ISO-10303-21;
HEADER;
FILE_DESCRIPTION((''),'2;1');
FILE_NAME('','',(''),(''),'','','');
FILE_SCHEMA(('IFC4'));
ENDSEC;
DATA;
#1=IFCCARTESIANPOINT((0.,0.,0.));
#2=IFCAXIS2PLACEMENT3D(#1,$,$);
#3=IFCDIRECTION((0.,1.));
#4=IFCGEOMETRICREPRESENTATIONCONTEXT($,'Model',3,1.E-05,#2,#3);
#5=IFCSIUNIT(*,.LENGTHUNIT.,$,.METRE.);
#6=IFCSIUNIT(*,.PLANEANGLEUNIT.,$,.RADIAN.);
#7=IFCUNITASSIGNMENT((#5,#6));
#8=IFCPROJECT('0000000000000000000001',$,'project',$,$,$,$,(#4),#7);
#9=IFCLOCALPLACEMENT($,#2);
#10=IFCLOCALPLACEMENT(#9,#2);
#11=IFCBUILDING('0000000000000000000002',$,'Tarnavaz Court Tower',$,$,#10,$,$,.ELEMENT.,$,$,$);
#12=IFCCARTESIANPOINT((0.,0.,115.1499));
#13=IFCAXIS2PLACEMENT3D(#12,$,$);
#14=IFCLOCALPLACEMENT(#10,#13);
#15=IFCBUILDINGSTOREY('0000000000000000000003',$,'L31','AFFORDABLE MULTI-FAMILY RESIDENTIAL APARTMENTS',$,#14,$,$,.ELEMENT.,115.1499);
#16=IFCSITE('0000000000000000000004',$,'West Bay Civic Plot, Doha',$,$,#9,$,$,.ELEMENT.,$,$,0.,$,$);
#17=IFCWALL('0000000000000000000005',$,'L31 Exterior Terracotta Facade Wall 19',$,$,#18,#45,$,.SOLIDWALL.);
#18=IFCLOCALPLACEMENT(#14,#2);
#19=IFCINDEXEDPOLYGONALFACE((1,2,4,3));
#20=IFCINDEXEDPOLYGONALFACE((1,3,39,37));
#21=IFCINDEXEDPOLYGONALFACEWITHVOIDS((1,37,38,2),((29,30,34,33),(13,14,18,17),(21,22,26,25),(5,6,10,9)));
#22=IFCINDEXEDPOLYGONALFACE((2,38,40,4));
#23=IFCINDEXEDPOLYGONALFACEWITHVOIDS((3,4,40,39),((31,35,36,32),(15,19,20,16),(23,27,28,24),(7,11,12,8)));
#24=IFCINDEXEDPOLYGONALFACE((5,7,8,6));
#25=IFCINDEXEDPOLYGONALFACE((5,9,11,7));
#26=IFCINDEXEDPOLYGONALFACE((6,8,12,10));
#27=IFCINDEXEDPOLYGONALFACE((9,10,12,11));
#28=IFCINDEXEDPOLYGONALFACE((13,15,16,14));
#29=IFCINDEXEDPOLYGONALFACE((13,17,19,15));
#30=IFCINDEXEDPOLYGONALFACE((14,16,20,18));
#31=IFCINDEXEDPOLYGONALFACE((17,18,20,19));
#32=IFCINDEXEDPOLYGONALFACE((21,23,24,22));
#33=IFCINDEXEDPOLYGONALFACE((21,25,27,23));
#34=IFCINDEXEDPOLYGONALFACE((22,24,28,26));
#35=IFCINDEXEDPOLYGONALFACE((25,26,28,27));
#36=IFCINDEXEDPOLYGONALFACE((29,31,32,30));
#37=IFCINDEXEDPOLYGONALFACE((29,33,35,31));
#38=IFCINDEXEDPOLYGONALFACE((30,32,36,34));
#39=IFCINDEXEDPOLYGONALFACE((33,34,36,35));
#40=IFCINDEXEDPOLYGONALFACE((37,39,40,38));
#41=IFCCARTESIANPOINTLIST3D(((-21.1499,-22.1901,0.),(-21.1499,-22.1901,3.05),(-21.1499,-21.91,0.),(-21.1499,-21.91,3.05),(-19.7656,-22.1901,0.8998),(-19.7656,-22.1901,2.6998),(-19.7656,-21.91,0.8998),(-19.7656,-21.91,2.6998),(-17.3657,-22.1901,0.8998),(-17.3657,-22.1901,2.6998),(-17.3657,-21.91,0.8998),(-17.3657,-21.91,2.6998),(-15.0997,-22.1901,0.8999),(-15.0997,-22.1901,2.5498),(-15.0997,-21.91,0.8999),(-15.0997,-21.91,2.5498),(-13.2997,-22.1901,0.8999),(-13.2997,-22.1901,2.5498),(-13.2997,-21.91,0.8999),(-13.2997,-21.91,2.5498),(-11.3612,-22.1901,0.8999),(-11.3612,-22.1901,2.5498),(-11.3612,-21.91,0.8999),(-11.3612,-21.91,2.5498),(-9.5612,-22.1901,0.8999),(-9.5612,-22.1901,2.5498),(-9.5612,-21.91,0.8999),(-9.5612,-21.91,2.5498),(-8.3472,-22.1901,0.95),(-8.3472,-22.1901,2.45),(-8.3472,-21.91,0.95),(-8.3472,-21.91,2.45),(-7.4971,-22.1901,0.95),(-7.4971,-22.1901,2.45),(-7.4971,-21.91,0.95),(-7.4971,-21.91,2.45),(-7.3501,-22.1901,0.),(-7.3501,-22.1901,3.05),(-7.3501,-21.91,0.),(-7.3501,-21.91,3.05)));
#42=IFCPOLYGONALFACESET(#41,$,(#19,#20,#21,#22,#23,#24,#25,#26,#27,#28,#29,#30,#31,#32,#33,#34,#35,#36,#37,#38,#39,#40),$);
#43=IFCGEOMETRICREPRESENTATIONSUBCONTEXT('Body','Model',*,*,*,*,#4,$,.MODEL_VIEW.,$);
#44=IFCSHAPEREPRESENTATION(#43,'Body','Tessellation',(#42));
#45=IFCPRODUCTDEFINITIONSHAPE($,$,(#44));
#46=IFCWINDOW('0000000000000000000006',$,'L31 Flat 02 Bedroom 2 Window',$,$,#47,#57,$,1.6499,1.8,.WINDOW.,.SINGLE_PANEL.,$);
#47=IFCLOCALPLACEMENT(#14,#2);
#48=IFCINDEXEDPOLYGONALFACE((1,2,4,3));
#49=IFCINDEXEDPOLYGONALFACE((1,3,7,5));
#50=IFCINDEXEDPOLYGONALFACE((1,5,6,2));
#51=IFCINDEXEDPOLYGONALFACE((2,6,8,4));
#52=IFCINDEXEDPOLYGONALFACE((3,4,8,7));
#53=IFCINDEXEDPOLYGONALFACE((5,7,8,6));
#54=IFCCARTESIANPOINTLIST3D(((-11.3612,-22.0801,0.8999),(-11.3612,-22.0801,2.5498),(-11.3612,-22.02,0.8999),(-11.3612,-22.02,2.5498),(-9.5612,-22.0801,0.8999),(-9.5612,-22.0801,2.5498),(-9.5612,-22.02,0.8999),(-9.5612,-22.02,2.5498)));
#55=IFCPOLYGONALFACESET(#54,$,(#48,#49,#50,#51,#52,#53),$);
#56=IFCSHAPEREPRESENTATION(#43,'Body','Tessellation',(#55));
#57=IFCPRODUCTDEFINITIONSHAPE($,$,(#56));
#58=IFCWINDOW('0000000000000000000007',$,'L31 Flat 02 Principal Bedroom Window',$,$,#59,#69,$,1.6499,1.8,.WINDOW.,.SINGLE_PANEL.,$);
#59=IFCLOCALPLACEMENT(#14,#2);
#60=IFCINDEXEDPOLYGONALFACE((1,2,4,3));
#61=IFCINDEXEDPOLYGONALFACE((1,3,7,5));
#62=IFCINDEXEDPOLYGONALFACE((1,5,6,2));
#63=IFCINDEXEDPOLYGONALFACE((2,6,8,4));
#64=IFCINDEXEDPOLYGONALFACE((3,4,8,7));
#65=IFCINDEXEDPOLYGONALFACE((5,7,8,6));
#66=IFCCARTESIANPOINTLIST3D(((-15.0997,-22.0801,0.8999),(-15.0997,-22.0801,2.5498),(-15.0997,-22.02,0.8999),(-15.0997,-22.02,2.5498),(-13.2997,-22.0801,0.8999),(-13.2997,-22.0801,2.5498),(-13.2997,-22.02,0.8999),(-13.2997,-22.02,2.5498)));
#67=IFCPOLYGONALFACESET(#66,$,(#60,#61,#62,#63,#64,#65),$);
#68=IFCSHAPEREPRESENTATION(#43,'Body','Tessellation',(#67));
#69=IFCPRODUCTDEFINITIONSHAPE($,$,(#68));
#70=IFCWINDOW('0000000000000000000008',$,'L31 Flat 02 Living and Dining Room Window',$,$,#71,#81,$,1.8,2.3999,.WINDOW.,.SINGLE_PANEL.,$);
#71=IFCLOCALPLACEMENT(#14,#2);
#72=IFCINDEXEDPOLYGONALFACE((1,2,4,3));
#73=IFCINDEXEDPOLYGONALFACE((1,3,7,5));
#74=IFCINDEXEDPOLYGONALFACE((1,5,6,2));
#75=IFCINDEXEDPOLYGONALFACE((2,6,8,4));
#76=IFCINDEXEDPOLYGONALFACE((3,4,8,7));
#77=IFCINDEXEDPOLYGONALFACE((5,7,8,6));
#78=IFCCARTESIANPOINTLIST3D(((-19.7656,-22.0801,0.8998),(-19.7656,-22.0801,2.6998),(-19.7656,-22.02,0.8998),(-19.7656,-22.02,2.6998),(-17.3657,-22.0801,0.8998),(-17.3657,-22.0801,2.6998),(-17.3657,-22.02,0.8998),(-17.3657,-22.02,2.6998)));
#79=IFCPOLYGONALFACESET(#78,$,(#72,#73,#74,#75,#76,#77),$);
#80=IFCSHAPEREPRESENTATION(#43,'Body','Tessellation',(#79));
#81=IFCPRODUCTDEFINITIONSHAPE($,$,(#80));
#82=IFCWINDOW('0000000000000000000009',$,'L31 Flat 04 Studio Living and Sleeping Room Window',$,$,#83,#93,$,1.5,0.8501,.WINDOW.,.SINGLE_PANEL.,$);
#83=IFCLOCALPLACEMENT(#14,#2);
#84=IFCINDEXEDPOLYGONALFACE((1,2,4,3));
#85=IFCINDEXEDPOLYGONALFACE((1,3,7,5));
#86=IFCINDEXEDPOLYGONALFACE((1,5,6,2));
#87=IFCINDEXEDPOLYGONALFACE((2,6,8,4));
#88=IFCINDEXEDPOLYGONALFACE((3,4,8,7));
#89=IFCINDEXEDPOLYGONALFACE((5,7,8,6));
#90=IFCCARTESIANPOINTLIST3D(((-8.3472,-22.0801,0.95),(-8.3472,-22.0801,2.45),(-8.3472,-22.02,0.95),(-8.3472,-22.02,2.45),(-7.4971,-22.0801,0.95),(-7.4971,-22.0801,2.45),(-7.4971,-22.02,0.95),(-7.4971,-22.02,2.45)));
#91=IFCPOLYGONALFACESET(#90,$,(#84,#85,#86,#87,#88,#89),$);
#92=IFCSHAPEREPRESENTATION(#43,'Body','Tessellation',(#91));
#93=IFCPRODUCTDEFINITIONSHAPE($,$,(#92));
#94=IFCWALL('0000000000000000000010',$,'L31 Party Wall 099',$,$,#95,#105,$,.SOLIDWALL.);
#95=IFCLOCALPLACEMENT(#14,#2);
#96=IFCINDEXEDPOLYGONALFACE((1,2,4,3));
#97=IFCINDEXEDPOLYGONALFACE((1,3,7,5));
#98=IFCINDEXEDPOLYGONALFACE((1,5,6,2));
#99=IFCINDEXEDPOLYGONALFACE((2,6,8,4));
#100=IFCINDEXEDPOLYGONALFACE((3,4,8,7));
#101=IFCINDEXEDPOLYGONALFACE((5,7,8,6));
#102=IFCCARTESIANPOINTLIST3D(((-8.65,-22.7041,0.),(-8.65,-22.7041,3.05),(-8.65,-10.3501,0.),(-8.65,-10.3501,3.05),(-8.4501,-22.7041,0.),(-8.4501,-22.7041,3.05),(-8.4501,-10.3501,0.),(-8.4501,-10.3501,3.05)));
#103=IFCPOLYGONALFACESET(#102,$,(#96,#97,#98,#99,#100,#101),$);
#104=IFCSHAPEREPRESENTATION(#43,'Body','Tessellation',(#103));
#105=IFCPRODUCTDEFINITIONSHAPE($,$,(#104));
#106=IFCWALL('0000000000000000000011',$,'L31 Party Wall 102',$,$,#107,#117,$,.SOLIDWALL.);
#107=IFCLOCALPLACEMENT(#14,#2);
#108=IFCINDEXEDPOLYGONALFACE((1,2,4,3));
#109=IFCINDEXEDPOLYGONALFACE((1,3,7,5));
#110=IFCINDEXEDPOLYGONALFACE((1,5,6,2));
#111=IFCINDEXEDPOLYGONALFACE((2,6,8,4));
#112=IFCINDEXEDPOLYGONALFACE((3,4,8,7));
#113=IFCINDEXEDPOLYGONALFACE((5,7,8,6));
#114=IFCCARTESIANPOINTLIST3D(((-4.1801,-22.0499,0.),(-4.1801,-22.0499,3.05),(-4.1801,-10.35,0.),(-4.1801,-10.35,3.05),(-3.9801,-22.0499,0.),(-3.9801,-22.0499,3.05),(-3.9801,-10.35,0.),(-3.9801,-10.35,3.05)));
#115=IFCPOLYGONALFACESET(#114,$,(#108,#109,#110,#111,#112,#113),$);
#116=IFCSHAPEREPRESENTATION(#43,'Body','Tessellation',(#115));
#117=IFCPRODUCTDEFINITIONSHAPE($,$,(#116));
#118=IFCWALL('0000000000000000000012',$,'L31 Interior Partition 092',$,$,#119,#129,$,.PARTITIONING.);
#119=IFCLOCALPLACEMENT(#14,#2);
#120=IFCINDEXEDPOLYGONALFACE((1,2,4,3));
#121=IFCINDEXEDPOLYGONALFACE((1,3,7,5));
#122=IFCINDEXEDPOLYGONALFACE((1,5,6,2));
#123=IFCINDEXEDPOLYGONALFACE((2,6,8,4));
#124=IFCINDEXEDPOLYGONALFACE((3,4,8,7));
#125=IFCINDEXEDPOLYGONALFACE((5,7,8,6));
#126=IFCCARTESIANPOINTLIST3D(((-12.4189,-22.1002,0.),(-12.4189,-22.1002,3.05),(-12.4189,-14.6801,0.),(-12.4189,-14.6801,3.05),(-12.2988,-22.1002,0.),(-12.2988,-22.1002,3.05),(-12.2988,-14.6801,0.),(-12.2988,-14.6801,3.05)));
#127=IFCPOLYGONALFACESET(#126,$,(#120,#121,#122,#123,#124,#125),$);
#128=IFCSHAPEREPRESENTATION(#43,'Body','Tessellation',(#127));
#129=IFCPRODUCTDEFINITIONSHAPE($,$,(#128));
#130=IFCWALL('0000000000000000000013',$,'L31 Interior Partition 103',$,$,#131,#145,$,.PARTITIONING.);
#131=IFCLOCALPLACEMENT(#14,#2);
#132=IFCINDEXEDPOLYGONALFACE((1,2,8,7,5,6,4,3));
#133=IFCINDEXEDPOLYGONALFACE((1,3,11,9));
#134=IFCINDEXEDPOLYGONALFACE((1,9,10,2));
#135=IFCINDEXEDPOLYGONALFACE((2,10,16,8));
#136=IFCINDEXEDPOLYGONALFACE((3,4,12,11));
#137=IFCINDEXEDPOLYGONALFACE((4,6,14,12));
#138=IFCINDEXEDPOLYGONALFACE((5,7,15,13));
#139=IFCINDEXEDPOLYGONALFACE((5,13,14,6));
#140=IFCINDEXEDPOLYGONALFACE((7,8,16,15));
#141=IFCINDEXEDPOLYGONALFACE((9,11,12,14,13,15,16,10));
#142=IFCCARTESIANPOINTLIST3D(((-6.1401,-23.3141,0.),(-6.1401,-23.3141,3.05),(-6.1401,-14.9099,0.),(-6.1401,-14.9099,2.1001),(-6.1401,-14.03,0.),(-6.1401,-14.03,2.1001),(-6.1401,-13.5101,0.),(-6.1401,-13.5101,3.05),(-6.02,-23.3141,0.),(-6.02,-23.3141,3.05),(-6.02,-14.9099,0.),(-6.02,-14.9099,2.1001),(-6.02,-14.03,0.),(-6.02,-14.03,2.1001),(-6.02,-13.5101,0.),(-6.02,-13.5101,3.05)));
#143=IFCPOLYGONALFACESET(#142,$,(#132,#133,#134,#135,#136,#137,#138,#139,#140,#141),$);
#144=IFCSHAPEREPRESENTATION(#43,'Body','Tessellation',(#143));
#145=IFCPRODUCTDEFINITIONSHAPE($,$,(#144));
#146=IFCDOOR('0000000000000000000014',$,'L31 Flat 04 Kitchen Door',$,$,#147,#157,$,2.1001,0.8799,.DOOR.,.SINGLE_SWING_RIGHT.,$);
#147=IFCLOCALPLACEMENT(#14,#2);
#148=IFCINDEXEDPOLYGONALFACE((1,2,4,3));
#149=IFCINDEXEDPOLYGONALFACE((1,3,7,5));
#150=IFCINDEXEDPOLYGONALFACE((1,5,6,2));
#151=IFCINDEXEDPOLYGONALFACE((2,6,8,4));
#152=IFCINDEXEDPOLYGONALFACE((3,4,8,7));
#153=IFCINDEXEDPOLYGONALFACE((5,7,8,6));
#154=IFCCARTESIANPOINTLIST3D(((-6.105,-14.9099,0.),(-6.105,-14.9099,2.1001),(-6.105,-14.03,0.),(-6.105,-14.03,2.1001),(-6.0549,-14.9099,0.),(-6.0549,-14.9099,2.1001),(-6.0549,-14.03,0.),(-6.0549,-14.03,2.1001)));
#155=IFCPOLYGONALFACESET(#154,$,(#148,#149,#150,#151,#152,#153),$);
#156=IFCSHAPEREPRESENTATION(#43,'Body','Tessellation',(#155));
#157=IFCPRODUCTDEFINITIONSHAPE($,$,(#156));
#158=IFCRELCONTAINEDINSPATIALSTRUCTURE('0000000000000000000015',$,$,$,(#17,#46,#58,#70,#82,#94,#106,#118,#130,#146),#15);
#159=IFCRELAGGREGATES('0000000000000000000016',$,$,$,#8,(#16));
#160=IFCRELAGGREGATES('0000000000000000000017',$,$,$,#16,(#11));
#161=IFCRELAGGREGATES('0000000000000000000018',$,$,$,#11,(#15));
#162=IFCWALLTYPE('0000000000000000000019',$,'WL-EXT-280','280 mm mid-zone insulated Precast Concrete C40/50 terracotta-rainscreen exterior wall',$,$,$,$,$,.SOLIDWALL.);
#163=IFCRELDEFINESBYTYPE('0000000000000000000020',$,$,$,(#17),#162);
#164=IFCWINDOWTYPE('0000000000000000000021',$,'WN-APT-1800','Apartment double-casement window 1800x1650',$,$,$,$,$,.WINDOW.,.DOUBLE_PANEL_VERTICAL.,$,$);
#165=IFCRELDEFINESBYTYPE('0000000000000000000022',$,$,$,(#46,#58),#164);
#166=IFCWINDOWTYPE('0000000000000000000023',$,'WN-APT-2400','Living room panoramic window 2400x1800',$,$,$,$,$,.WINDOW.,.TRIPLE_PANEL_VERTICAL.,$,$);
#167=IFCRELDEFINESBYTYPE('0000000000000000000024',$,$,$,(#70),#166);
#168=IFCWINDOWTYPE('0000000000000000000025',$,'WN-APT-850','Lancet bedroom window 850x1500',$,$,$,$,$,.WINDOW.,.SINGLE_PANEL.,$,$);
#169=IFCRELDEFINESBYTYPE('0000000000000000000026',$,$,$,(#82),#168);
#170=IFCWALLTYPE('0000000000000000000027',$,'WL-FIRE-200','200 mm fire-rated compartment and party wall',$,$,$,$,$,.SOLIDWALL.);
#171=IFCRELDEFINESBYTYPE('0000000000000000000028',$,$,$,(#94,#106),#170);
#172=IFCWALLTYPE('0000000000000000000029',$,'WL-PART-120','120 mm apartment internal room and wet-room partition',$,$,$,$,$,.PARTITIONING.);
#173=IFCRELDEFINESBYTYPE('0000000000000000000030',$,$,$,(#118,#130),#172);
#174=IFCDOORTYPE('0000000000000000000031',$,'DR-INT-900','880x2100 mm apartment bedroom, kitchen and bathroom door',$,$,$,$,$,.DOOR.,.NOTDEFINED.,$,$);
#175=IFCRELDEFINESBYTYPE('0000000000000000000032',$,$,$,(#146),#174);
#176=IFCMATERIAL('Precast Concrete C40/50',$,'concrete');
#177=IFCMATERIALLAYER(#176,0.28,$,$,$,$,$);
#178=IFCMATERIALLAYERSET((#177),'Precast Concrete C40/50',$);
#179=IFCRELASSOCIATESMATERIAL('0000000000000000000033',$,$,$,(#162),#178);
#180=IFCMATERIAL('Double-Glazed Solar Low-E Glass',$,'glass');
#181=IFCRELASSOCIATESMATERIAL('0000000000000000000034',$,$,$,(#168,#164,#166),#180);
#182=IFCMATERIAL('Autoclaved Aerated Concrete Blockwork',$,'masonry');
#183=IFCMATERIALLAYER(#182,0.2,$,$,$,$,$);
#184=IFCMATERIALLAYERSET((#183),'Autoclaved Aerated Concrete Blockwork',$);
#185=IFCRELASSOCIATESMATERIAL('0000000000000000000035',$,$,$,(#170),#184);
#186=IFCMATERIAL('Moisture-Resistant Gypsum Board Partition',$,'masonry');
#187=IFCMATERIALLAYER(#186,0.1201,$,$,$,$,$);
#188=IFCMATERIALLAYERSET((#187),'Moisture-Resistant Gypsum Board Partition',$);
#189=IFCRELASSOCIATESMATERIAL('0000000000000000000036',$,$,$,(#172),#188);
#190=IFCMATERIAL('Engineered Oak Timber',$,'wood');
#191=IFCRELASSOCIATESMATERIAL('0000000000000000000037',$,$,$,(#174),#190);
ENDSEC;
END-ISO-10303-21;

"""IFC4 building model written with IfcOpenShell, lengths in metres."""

from ifc_helpers import new_model, si_unit, direction, frame, frame_2d, origin, place, context, subcontext, project, spatial, rectangle, extrude, material, layer, layer_set, type_object, element, fill, save


model = new_model("IFC4")

# Units and contexts
model_context = context("Model", 3, precision=1e-05, world=origin(), true_north=direction((0.0, 1.0)))
body_context = subcontext(model_context, "Body", "Model", "MODEL_VIEW")
ifc_project = project(units=[si_unit("LENGTHUNIT", "METRE"), si_unit("PLANEANGLEUNIT", "RADIAN")], contexts=[model_context])

# Site, building, storey
site_placement = place(None, origin())
site = spatial("IfcSite", under=ifc_project, at=site_placement, Name="West Bay Civic Plot, Doha", CompositionType="ELEMENT", RefElevation=0.0)
building_placement = place(site_placement, origin())
building = spatial("IfcBuilding", under=site, at=building_placement, Name="Tarnavaz Court Tower", CompositionType="ELEMENT")
storey_placement = place(building_placement, frame((0.0, 0.0, 115.1499)))
storey = spatial("IfcBuildingStorey", under=building, at=storey_placement, Name="L31", Description="AFFORDABLE MULTI-FAMILY RESIDENTIAL APARTMENTS", CompositionType="ELEMENT", Elevation=115.1499)

# Shared definitions
ifc_material_1 = material(Name="Double-Glazed Solar Low-E Glass", Category="glass")

# Shared definitions
ifc_material_2 = material(Name="Precast Concrete C40/50", Category="concrete")
ifc_layer_1 = layer(ifc_material_2, 0.28)
ifc_layer_set_1 = layer_set([ifc_layer_1], Name="Precast Concrete C40/50")
wall_type_1 = type_object("IfcWallType", Name="WL-EXT-280", Description="280 mm mid-zone insulated Precast Concrete C40/50 terracotta-rainscreen exterior wall", PredefinedType="SOLIDWALL", material=ifc_layer_set_1)
window_type_1 = type_object("IfcWindowType", Name="WN-APT-850", Description="Lancet bedroom window 850x1500", PartitioningType="SINGLE_PANEL", PredefinedType="WINDOW", material=ifc_material_1)

# Wall, openings, windows
wall_1_placement = place(storey_placement, frame((-7.3501, -22.05, 0.0), z_axis=(0.0, 0.0, 1.0), x_axis=(-1.0, 0.0, 0.0)))
wall_1 = element("IfcWall", 1, at=wall_1_placement, inside=storey, type_object=wall_type_1, Name="L31 Exterior Terracotta Facade Wall 19", PredefinedType="SOLIDWALL", context=body_context, shape_type="SweptSolid", body=[
    extrude(rectangle(XDim=13.7998, YDim=0.28, at=frame_2d((6.8999, 0.0))), origin(), (0.0, 0.0, 1.0), 3.05),
])
opening_1_placement = place(wall_1_placement, frame((0.147, 0.0, 0.95)))
opening_1 = element("IfcOpeningElement", 2, at=opening_1_placement, cuts=wall_1, PredefinedType="OPENING", context=body_context, shape_type="SweptSolid", body=[
    extrude(rectangle(XDim=0.8501, YDim=1.5, at=frame_2d((0.425, 0.75))), frame((0.0, 0.1499, 0.0), z_axis=(0.0, -1.0, 0.0), x_axis=(1.0, 0.0, 0.0)), (0.0, 0.0, 1.0), 0.3),
])
opening_2_placement = place(wall_1_placement, frame((2.2112, 0.0, 0.8999)))
opening_2 = element("IfcOpeningElement", 3, at=opening_2_placement, cuts=wall_1, PredefinedType="OPENING", context=body_context, shape_type="SweptSolid", body=[
    extrude(rectangle(XDim=1.8, YDim=1.6499, at=frame_2d((0.8999, 0.825))), frame((0.0, 0.1499, 0.0), z_axis=(0.0, -1.0, 0.0), x_axis=(1.0, 0.0, 0.0)), (0.0, 0.0, 1.0), 0.3),
])
opening_3_placement = place(wall_1_placement, frame((5.9497, 0.0, 0.8999)))
opening_3 = element("IfcOpeningElement", 4, at=opening_3_placement, cuts=wall_1, PredefinedType="OPENING", context=body_context, shape_type="SweptSolid", body=[
    extrude(rectangle(XDim=1.8, YDim=1.6499, at=frame_2d((0.8999, 0.825))), frame((0.0, 0.1499, 0.0), z_axis=(0.0, -1.0, 0.0), x_axis=(1.0, 0.0, 0.0)), (0.0, 0.0, 1.0), 0.3),
])
opening_4_placement = place(wall_1_placement, frame((10.0156, 0.0, 0.8999)))
opening_4 = element("IfcOpeningElement", 5, at=opening_4_placement, cuts=wall_1, PredefinedType="OPENING", context=body_context, shape_type="SweptSolid", body=[
    extrude(rectangle(XDim=2.3999, YDim=1.8, at=frame_2d((1.2, 0.8999))), frame((0.0, 0.1499, 0.0), z_axis=(0.0, -1.0, 0.0), x_axis=(1.0, 0.0, 0.0)), (0.0, 0.0, 1.0), 0.3),
])
window_type_2 = type_object("IfcWindowType", Name="WN-APT-1800", Description="Apartment double-casement window 1800x1650", PartitioningType="DOUBLE_PANEL_VERTICAL", PredefinedType="WINDOW", material=ifc_material_1)
window_1_placement = place(opening_2_placement, origin())
window_1 = element("IfcWindow", 6, at=window_1_placement, inside=storey, type_object=window_type_2, Name="L31 Flat 02 Bedroom 2 Window", OverallHeight=1.6499, OverallWidth=1.8, PartitioningType="SINGLE_PANEL", PredefinedType="WINDOW", context=body_context, shape_type="SweptSolid", body=[
    extrude(rectangle(XDim=1.8, YDim=1.6499, at=frame_2d((0.8999, 0.825))), frame((0.0, 0.03, 0.0), z_axis=(0.0, -1.0, 0.0), x_axis=(1.0, 0.0, 0.0)), (0.0, 0.0, 1.0), 0.0601),
])
fill(opening_2, window_1)
window_2_placement = place(opening_3_placement, origin())
window_2 = element("IfcWindow", 7, at=window_2_placement, inside=storey, type_object=window_type_2, Name="L31 Flat 02 Principal Bedroom Window", OverallHeight=1.6499, OverallWidth=1.8, PartitioningType="SINGLE_PANEL", PredefinedType="WINDOW", context=body_context, shape_type="SweptSolid", body=[
    extrude(rectangle(XDim=1.8, YDim=1.6499, at=frame_2d((0.8999, 0.825))), frame((0.0, 0.03, 0.0), z_axis=(0.0, -1.0, 0.0), x_axis=(1.0, 0.0, 0.0)), (0.0, 0.0, 1.0), 0.0601),
])
fill(opening_3, window_2)
window_type_3 = type_object("IfcWindowType", Name="WN-APT-2400", Description="Living room panoramic window 2400x1800", PartitioningType="TRIPLE_PANEL_VERTICAL", PredefinedType="WINDOW", material=ifc_material_1)
window_3_placement = place(opening_4_placement, origin())
window_3 = element("IfcWindow", 8, at=window_3_placement, inside=storey, type_object=window_type_3, Name="L31 Flat 02 Living and Dining Room Window", OverallHeight=1.8, OverallWidth=2.3999, PartitioningType="SINGLE_PANEL", PredefinedType="WINDOW", context=body_context, shape_type="SweptSolid", body=[
    extrude(rectangle(XDim=2.3999, YDim=1.8, at=frame_2d((1.2, 0.8999))), frame((0.0, 0.03, 0.0), z_axis=(0.0, -1.0, 0.0), x_axis=(1.0, 0.0, 0.0)), (0.0, 0.0, 1.0), 0.0601),
])
fill(opening_4, window_3)
window_4_placement = place(opening_1_placement, origin())
window_4 = element("IfcWindow", 9, at=window_4_placement, inside=storey, type_object=window_type_1, Name="L31 Flat 04 Studio Living and Sleeping Room Window", OverallHeight=1.5, OverallWidth=0.8501, PartitioningType="SINGLE_PANEL", PredefinedType="WINDOW", context=body_context, shape_type="SweptSolid", body=[
    extrude(rectangle(XDim=0.8501, YDim=1.5, at=frame_2d((0.425, 0.75))), frame((0.0, 0.03, 0.0), z_axis=(0.0, -1.0, 0.0), x_axis=(1.0, 0.0, 0.0)), (0.0, 0.0, 1.0), 0.0601),
])
fill(opening_1, window_4)

# Walls
ifc_material_3 = material(Name="Autoclaved Aerated Concrete Blockwork", Category="masonry")
ifc_layer_2 = layer(ifc_material_3, 0.2)
ifc_layer_set_2 = layer_set([ifc_layer_2], Name="Autoclaved Aerated Concrete Blockwork")
wall_type_2 = type_object("IfcWallType", Name="WL-FIRE-200", Description="200 mm fire-rated compartment and party wall", PredefinedType="SOLIDWALL", material=ifc_layer_set_2)
wall_2_placement = place(storey_placement, frame((-8.55, -22.7041, 0.0), z_axis=(0.0, 0.0, 1.0), x_axis=(0.0, 1.0, 0.0)))
element("IfcWall", 10, at=wall_2_placement, inside=storey, type_object=wall_type_2, Name="L31 Party Wall 099", PredefinedType="SOLIDWALL", context=body_context, shape_type="SweptSolid", body=[
    extrude(rectangle(XDim=12.354, YDim=0.2, at=frame_2d((6.177, 0.0))), origin(), (0.0, 0.0, 1.0), 3.05),
])
wall_3_placement = place(storey_placement, frame((-4.0801, -22.05, 0.0), z_axis=(0.0, 0.0, 1.0), x_axis=(0.0, 1.0, 0.0)))
element("IfcWall", 11, at=wall_3_placement, inside=storey, type_object=wall_type_2, Name="L31 Party Wall 102", PredefinedType="SOLIDWALL", context=body_context, shape_type="SweptSolid", body=[
    extrude(rectangle(XDim=11.7, YDim=0.2, at=frame_2d((5.8501, 0.0))), origin(), (0.0, 0.0, 1.0), 3.05),
])
ifc_material_4 = material(Name="Moisture-Resistant Gypsum Board Partition", Category="masonry")
ifc_layer_3 = layer(ifc_material_4, 0.1201)
ifc_layer_set_3 = layer_set([ifc_layer_3], Name="Moisture-Resistant Gypsum Board Partition")
wall_type_3 = type_object("IfcWallType", Name="WL-PART-120", Description="120 mm apartment internal room and wet-room partition", PredefinedType="PARTITIONING", material=ifc_layer_set_3)
wall_4_placement = place(storey_placement, frame((-12.3589, -22.1001, 0.0), z_axis=(0.0, 0.0, 1.0), x_axis=(0.0, 1.0, 0.0)))
element("IfcWall", 12, at=wall_4_placement, inside=storey, type_object=wall_type_3, Name="L31 Interior Partition 092", PredefinedType="PARTITIONING", context=body_context, shape_type="SweptSolid", body=[
    extrude(rectangle(XDim=7.4202, YDim=0.1201, at=frame_2d((3.71, 0.0))), origin(), (0.0, 0.0, 1.0), 3.05),
])

# Wall, opening, door
wall_5_placement = place(storey_placement, frame((-6.0801, -23.314, 0.0), z_axis=(0.0, 0.0, 1.0), x_axis=(0.0, 1.0, 0.0)))
wall_5 = element("IfcWall", 13, at=wall_5_placement, inside=storey, type_object=wall_type_3, Name="L31 Interior Partition 103", PredefinedType="PARTITIONING", context=body_context, shape_type="SweptSolid", body=[
    extrude(rectangle(XDim=9.804, YDim=0.1201, at=frame_2d((4.9019, 0.0))), origin(), (0.0, 0.0, 1.0), 3.05),
])
opening_5_placement = place(wall_5_placement, frame((8.4041, 0.0, 0.0)))
opening_5 = element("IfcOpeningElement", 14, at=opening_5_placement, cuts=wall_5, PredefinedType="OPENING", context=body_context, shape_type="SweptSolid", body=[
    extrude(rectangle(XDim=0.8799, YDim=2.1001, at=frame_2d((0.4399, 1.05))), frame((0.0, 0.0701, 0.0), z_axis=(0.0, -1.0, 0.0), x_axis=(1.0, 0.0, 0.0)), (0.0, 0.0, 1.0), 0.1401),
])
ifc_material_5 = material(Name="Engineered Oak Timber", Category="wood")
door_type = type_object("IfcDoorType", Name="DR-INT-900", Description="880x2100 mm apartment bedroom, kitchen and bathroom door", OperationType="NOTDEFINED", PredefinedType="DOOR", material=ifc_material_5)
door_placement = place(opening_5_placement, origin())
door = element("IfcDoor", 15, at=door_placement, inside=storey, type_object=door_type, Name="L31 Flat 04 Kitchen Door", OperationType="SINGLE_SWING_RIGHT", OverallHeight=2.1001, OverallWidth=0.8799, PredefinedType="DOOR", context=body_context, shape_type="SweptSolid", body=[
    extrude(rectangle(XDim=0.8799, YDim=2.1001, at=frame_2d((0.4399, 1.05))), frame((0.0, 0.0249, 0.0), z_axis=(0.0, -1.0, 0.0), x_axis=(1.0, 0.0, 0.0)), (0.0, 0.0, 1.0), 0.05),
])
fill(opening_5, door)

save(model, "model.ifc")
